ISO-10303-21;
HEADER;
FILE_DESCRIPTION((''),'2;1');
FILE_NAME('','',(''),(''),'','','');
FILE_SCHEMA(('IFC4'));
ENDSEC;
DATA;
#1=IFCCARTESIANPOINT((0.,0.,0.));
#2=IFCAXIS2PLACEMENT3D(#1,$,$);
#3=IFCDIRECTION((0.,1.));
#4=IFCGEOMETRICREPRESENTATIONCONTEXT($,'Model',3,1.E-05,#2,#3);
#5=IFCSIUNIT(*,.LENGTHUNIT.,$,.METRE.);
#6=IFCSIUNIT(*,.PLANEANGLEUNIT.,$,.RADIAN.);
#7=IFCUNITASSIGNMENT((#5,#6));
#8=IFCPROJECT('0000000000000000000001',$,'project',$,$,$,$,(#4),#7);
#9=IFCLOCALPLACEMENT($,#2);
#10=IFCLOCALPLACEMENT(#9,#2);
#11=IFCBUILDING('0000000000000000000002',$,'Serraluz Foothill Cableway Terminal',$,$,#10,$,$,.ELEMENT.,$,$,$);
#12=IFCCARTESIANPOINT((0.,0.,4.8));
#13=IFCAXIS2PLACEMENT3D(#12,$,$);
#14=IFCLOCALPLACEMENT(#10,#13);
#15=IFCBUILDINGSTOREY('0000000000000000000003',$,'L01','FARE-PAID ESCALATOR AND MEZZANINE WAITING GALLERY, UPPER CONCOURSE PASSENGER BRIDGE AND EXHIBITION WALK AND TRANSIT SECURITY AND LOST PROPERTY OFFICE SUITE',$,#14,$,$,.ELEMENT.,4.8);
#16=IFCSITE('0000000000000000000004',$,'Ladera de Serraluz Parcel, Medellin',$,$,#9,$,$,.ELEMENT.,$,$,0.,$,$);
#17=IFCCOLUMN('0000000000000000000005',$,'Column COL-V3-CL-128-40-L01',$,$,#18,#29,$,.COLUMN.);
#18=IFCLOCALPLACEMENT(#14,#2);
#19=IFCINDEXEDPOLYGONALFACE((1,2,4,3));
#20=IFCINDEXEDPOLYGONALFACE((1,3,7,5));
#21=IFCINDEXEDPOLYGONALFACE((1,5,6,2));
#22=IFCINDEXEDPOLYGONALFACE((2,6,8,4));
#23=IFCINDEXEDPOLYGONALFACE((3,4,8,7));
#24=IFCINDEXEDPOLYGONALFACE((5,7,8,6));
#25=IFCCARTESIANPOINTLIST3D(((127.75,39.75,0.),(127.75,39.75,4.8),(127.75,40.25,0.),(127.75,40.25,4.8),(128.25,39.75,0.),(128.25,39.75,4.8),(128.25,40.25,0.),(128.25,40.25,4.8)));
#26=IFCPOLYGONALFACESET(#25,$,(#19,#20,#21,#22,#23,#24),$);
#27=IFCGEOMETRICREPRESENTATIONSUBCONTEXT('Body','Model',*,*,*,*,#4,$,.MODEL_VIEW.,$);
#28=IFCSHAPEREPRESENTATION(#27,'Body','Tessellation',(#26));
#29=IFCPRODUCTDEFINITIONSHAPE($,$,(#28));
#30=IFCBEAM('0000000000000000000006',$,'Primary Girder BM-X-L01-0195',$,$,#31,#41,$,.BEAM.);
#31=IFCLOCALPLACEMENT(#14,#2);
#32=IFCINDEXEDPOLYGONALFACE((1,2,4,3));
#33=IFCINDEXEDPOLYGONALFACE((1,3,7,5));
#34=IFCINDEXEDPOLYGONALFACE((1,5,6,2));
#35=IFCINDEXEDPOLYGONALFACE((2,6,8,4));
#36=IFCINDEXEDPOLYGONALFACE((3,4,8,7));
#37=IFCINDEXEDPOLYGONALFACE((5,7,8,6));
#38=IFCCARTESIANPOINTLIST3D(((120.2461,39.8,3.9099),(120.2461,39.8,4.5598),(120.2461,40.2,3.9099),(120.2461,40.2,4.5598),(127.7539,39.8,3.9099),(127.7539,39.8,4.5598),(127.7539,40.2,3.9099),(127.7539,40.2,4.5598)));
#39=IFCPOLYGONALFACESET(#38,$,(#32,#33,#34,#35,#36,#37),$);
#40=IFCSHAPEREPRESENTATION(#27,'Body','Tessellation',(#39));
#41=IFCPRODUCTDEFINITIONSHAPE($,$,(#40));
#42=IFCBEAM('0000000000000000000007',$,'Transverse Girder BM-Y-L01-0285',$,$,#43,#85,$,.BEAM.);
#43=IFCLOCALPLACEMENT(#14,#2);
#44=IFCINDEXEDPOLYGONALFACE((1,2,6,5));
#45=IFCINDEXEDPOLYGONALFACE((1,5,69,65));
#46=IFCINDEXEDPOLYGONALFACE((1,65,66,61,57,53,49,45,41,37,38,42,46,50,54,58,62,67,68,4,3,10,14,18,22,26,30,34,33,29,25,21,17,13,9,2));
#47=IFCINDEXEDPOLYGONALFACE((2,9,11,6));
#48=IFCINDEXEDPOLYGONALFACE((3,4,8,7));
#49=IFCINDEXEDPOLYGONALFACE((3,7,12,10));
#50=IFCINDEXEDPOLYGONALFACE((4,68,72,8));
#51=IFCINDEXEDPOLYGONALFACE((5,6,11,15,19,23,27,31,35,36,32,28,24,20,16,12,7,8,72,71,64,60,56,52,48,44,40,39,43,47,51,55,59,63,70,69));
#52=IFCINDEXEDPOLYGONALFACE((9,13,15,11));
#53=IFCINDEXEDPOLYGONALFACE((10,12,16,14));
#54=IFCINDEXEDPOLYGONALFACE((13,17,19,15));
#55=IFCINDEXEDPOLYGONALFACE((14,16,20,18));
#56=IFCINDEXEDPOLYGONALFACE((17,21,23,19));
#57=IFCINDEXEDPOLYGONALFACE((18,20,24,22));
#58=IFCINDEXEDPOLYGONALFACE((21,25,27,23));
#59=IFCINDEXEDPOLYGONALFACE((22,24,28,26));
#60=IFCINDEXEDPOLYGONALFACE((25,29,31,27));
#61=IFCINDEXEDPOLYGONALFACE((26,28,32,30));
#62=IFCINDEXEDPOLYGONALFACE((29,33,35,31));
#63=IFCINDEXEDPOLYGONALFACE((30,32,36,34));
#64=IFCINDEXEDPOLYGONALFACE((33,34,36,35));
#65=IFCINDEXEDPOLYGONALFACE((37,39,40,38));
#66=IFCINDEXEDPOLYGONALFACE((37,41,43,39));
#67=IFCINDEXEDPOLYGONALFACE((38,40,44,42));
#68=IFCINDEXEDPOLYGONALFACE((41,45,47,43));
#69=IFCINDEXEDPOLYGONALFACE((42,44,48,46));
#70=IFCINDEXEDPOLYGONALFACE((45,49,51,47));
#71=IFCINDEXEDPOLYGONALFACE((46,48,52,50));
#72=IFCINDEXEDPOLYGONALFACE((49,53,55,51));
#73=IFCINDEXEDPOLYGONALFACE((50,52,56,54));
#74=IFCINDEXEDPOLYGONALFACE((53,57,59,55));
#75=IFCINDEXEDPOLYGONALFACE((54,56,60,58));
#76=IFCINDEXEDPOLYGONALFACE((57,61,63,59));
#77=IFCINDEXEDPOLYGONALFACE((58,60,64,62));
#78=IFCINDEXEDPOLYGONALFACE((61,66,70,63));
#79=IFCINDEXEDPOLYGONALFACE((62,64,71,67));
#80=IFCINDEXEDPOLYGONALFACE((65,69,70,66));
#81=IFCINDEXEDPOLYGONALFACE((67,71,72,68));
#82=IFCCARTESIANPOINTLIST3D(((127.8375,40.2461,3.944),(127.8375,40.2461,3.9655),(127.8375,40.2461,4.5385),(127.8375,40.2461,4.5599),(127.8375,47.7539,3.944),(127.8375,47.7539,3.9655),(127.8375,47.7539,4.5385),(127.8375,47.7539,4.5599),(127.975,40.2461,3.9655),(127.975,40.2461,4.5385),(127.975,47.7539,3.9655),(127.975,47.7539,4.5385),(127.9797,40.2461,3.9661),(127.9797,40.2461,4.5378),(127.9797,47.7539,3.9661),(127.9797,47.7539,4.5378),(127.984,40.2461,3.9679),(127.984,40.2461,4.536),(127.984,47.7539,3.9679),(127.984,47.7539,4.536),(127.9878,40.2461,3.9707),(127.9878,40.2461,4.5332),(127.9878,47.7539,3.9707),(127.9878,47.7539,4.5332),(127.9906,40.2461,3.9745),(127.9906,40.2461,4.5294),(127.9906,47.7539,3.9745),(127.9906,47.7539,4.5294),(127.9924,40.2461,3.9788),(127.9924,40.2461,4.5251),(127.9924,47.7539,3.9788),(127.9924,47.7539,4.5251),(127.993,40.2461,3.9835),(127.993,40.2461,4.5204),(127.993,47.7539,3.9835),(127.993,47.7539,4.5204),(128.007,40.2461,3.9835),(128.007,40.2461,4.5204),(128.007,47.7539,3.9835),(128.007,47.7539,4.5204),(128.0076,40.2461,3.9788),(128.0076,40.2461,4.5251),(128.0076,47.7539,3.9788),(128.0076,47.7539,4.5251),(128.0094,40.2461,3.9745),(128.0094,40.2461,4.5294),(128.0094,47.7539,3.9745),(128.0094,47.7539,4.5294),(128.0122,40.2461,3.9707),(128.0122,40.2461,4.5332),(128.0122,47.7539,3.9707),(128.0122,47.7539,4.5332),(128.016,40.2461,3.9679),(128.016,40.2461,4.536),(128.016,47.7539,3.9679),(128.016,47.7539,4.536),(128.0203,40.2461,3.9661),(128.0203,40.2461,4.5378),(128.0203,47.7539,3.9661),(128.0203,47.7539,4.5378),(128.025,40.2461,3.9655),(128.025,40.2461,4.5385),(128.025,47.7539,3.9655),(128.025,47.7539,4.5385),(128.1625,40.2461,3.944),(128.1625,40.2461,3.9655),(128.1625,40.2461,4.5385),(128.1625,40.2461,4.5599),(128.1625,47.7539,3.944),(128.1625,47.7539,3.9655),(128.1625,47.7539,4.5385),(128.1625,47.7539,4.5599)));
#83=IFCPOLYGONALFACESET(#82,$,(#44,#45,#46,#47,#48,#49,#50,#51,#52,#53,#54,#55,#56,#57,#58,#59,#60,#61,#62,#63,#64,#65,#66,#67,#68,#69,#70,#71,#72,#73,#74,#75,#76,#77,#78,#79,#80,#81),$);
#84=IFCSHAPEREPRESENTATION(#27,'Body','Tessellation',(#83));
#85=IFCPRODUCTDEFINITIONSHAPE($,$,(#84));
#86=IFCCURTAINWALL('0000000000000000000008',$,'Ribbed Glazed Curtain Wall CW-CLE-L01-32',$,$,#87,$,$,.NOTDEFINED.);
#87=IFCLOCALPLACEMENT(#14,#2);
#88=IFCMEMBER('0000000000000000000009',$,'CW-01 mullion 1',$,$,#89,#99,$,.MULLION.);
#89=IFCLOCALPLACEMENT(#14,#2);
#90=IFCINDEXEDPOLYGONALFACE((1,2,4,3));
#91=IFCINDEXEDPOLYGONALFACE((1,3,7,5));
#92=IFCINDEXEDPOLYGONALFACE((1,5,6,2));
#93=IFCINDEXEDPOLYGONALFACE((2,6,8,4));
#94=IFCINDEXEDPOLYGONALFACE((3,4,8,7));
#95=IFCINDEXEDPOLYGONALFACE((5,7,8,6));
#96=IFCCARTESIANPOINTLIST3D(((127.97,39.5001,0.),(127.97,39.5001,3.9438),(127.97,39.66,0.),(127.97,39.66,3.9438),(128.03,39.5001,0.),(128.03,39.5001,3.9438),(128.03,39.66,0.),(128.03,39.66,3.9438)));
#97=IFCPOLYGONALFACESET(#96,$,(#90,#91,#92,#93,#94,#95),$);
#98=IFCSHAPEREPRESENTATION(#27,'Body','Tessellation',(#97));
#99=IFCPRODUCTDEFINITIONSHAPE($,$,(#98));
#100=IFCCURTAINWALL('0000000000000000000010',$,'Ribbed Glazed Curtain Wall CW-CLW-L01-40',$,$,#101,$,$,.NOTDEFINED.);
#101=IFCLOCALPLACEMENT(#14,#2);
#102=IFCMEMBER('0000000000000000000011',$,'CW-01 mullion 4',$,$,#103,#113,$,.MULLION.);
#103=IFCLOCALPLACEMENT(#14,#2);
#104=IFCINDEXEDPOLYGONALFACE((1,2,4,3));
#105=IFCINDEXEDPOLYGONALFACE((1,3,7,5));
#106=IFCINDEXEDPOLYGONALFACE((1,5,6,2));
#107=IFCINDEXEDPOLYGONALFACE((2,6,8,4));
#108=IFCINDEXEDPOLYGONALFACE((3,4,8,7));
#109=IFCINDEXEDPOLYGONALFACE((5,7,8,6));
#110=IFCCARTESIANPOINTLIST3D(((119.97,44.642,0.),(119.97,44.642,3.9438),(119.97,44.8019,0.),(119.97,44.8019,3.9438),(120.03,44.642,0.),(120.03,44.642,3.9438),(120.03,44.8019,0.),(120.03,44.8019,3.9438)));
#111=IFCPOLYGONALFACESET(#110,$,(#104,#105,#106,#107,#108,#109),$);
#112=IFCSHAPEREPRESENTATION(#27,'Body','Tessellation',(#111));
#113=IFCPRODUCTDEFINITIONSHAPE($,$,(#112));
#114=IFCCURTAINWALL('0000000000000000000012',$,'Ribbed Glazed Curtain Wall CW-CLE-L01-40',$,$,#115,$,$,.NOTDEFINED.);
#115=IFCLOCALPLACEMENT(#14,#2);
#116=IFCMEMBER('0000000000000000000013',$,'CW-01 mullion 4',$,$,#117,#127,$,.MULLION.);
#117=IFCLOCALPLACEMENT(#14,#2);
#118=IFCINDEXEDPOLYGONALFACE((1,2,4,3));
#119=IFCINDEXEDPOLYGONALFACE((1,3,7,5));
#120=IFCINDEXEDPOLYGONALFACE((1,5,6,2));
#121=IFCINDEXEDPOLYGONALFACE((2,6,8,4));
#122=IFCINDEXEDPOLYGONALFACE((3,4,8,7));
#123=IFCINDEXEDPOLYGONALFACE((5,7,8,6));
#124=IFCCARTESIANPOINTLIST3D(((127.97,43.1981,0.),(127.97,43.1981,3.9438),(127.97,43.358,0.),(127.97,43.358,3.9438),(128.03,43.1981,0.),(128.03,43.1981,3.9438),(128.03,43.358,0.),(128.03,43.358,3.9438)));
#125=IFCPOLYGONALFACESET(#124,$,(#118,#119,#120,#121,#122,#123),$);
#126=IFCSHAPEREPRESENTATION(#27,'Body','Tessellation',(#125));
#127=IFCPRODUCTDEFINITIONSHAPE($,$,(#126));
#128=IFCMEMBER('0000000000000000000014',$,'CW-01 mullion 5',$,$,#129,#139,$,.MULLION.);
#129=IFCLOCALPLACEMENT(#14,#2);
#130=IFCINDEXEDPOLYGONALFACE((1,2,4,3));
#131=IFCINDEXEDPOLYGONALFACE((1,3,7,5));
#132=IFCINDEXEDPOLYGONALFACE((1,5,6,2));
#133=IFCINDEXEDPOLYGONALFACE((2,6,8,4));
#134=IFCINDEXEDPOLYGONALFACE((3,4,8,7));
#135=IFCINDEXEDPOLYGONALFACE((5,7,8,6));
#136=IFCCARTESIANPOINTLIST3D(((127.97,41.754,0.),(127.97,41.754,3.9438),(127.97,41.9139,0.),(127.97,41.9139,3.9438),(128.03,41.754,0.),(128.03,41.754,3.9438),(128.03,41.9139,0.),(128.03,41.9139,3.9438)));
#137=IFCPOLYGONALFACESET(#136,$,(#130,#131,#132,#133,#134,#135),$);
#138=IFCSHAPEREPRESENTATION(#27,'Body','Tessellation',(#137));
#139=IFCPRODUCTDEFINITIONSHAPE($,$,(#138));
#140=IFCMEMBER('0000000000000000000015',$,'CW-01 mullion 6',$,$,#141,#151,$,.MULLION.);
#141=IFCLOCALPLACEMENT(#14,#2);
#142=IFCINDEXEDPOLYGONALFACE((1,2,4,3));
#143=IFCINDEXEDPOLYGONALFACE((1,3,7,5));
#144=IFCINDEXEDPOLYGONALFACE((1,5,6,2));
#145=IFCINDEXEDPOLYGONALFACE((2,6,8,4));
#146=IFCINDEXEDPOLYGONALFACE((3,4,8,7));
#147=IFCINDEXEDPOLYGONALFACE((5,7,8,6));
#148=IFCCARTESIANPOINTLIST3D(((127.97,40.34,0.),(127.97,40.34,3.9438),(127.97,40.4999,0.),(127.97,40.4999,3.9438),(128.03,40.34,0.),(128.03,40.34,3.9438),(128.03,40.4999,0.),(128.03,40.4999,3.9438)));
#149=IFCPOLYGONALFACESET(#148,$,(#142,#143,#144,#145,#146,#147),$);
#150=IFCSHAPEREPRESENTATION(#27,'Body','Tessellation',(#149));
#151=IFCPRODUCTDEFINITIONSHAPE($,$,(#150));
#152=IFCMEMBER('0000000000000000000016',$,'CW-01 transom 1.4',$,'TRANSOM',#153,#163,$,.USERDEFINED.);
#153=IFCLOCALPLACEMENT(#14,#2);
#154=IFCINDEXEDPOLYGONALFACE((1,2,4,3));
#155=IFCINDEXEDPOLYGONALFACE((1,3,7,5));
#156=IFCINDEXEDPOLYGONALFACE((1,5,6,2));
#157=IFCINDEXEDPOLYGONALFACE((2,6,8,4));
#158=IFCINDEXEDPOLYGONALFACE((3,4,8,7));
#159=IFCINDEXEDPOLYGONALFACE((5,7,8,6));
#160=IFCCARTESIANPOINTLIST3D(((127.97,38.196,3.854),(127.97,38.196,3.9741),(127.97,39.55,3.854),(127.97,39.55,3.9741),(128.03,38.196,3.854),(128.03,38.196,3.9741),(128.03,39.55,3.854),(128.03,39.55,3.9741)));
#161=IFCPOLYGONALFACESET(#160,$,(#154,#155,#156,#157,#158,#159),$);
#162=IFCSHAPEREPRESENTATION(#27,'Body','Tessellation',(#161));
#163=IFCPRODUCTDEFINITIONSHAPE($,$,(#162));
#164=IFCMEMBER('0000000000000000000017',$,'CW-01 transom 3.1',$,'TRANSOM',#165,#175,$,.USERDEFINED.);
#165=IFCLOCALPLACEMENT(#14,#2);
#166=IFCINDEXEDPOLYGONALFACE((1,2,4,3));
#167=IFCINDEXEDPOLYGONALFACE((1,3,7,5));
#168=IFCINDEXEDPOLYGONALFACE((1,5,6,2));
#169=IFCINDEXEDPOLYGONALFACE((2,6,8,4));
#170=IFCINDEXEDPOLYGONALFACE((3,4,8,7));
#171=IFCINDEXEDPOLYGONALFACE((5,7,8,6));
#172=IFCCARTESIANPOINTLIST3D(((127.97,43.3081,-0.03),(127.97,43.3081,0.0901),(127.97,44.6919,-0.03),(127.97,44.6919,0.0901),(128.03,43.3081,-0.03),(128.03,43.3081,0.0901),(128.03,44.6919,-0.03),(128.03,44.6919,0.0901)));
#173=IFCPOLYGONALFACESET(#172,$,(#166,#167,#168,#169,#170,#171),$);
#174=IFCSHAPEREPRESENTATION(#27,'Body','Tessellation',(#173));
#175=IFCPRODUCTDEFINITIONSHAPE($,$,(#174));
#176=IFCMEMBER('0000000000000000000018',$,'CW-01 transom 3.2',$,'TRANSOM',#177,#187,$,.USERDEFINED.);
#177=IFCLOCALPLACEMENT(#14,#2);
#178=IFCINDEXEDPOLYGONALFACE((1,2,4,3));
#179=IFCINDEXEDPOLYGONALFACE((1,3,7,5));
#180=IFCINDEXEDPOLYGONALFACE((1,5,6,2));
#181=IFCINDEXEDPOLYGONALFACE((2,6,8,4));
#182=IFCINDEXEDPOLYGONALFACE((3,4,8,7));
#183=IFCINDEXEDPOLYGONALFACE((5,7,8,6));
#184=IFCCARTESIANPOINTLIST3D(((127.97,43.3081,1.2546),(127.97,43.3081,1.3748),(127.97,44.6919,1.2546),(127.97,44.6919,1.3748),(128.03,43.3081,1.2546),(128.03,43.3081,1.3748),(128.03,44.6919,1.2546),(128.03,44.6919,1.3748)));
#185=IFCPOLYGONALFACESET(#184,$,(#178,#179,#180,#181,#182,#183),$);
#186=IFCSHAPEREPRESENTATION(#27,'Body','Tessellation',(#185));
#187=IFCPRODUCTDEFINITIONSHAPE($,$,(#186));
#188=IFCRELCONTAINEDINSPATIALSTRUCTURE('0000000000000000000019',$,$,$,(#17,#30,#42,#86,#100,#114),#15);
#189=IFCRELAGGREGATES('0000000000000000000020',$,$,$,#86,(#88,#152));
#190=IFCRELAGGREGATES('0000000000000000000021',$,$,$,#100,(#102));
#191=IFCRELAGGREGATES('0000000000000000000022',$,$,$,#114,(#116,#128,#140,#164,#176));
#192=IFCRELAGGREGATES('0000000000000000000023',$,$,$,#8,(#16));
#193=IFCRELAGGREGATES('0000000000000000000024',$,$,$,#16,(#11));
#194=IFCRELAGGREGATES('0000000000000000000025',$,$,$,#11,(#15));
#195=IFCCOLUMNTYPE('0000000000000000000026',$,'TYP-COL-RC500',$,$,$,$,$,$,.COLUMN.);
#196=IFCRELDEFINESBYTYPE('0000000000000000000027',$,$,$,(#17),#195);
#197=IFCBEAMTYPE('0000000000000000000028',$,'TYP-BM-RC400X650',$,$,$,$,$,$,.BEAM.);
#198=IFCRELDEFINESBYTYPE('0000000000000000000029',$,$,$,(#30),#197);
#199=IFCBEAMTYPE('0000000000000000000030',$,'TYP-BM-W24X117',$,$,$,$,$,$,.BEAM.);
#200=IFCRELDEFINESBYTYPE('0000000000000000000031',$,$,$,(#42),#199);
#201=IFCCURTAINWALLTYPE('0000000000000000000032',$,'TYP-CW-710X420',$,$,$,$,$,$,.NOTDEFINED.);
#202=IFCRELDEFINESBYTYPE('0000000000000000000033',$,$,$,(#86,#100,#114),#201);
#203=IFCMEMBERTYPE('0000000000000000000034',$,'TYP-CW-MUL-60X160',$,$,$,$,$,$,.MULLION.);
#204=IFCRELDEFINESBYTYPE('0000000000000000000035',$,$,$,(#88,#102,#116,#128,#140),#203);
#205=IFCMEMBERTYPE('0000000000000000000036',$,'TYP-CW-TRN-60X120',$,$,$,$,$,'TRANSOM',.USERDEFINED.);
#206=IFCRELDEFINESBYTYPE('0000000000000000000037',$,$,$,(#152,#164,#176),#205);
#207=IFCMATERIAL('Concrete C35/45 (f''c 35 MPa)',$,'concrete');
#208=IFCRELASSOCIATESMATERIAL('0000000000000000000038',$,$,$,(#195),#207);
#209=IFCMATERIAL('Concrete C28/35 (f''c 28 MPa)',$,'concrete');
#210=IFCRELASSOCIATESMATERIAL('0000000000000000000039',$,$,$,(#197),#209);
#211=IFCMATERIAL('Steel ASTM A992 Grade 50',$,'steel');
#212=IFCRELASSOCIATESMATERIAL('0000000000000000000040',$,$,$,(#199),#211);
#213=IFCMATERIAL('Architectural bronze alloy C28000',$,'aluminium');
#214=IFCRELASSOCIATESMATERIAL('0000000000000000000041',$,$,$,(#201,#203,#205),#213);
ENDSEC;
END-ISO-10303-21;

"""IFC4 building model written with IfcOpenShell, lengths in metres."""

from ifc_helpers import new_model, si_unit, direction, frame, origin, origin_2d, place, context, subcontext, project, spatial, rectangle, i_section, extrude, material, material_profile, profile_set, type_object, element, aggregate, save


model = new_model("IFC4")

# Units and contexts
model_context = context("Model", 3, precision=1e-05, world=origin(), true_north=direction((0.0, 1.0)))
body_context = subcontext(model_context, "Body", "Model", "MODEL_VIEW")
ifc_project = project(units=[si_unit("LENGTHUNIT", "METRE"), si_unit("PLANEANGLEUNIT", "RADIAN")], contexts=[model_context])

# Site, building, storey
site_placement = place(None, origin())
site = spatial("IfcSite", under=ifc_project, at=site_placement, Name="Ladera de Serraluz Parcel, Medellin", CompositionType="ELEMENT", RefElevation=0.0)
building_placement = place(site_placement, origin())
building = spatial("IfcBuilding", under=site, at=building_placement, Name="Serraluz Foothill Cableway Terminal", CompositionType="ELEMENT")
storey_placement = place(building_placement, frame((0.0, 0.0, 4.8)))
storey = spatial("IfcBuildingStorey", under=building, at=storey_placement, Name="L01", Description="FARE-PAID ESCALATOR AND MEZZANINE WAITING GALLERY, UPPER CONCOURSE PASSENGER BRIDGE AND EXHIBITION WALK AND TRANSIT SECURITY AND LOST PROPERTY OFFICE SUITE", CompositionType="ELEMENT", Elevation=4.8)

# Column
ifc_material_1 = material(Name="Concrete C35/45 (f'c 35 MPa)", Category="concrete")
ifc_material_profile_1 = material_profile(ifc_material_1, rectangle(XDim=0.5, YDim=0.5, at=origin_2d()), Name="RC 500x500")
ifc_profile_set_1 = profile_set([ifc_material_profile_1], Name="Concrete C35/45 (f'c 35 MPa)")
column_type = type_object("IfcColumnType", Name="TYP-COL-RC500", PredefinedType="COLUMN", material=ifc_profile_set_1)
column_placement = place(storey_placement, frame((128.0, 40.0, 0.0), z_axis=(0.0, 0.0, 1.0), x_axis=(1.0, 0.0, 0.0)))
element("IfcColumn", 1, at=column_placement, inside=storey, type_object=column_type, Name="Column COL-V3-CL-128-40-L01", PredefinedType="COLUMN", context=body_context, shape_type="SweptSolid", body=[
    extrude(rectangle(XDim=0.5, YDim=0.5, at=origin_2d()), origin(), (0.0, 0.0, 1.0), 4.8),
])

# Beams
ifc_material_2 = material(Name="Concrete C28/35 (f'c 28 MPa)", Category="concrete")
ifc_material_profile_2 = material_profile(ifc_material_2, rectangle(XDim=0.3999, YDim=0.6499, at=origin_2d()), Name="RC 400x650")
ifc_profile_set_2 = profile_set([ifc_material_profile_2], Name="Concrete C28/35 (f'c 28 MPa)")
beam_type_1 = type_object("IfcBeamType", Name="TYP-BM-RC400X650", PredefinedType="BEAM", material=ifc_profile_set_2)
beam_1_placement = place(storey_placement, frame((120.2461, 40.0, 4.2349), z_axis=(1.0, 0.0, 0.0), x_axis=(0.0, 1.0, 0.0)))
element("IfcBeam", 2, at=beam_1_placement, inside=storey, type_object=beam_type_1, Name="Primary Girder BM-X-L01-0195", PredefinedType="BEAM", context=body_context, shape_type="SweptSolid", body=[
    extrude(rectangle(XDim=0.3999, YDim=0.6499, at=origin_2d()), origin(), (0.0, 0.0, 1.0), 7.5078),
])
ifc_material_3 = material(Name="Steel ASTM A992 Grade 50", Category="steel")
ifc_material_profile_3 = material_profile(ifc_material_3, i_section(OverallWidth=0.325, OverallDepth=0.616, WebThickness=0.0139, FlangeThickness=0.0215, FilletRadius=0.0181, at=origin_2d()), Name="W24X117")
ifc_profile_set_3 = profile_set([ifc_material_profile_3], Name="Steel ASTM A992 Grade 50")
beam_type_2 = type_object("IfcBeamType", Name="TYP-BM-W24X117", PredefinedType="BEAM", material=ifc_profile_set_3)
beam_2_placement = place(storey_placement, frame((128.0, 40.2461, 4.252), z_axis=(0.0, 1.0, 0.0), x_axis=(-1.0, 0.0, 0.0)))
element("IfcBeam", 3, at=beam_2_placement, inside=storey, type_object=beam_type_2, Name="Transverse Girder BM-Y-L01-0285", PredefinedType="BEAM", context=body_context, shape_type="SweptSolid", body=[
    extrude(i_section(OverallWidth=0.325, OverallDepth=0.616, WebThickness=0.0139, FlangeThickness=0.0215, FilletRadius=0.0181, at=origin_2d()), origin(), (0.0, 0.0, 1.0), 7.5078),
])

# Curtain walls, members
ifc_material_4 = material(Name="Architectural bronze alloy C28000", Category="aluminium")
curtain_wall_type = type_object("IfcCurtainWallType", Name="TYP-CW-710X420", PredefinedType="NOTDEFINED", material=ifc_material_4)
curtain_wall_1_placement = place(storey_placement, origin())
curtain_wall_1 = element("IfcCurtainWall", 4, at=curtain_wall_1_placement, inside=storey, type_object=curtain_wall_type, Name="Ribbed Glazed Curtain Wall CW-CLE-L01-32", PredefinedType="NOTDEFINED")
ifc_material_profile_4 = material_profile(ifc_material_4, rectangle(XDim=0.0601, YDim=0.1599, at=origin_2d()), Name="ALU MULLION 60x160")
ifc_profile_set_4 = profile_set([ifc_material_profile_4], Name="Architectural bronze alloy C28000")
member_type_1 = type_object("IfcMemberType", Name="TYP-CW-MUL-60X160", PredefinedType="MULLION", material=ifc_profile_set_4)
member_1_placement = place(storey_placement, frame((128.0, 39.5801, 0.0), z_axis=(0.0, 0.0, 1.0), x_axis=(1.0, 0.0, 0.0)))
member_1 = element("IfcMember", 5, at=member_1_placement, type_object=member_type_1, Name="CW-01 mullion 1", PredefinedType="MULLION", context=body_context, shape_type="SweptSolid", body=[
    extrude(rectangle(XDim=0.0601, YDim=0.1599, at=origin_2d()), origin(), (0.0, 0.0, 1.0), 3.9438),
])
curtain_wall_2_placement = place(storey_placement, origin())
curtain_wall_2 = element("IfcCurtainWall", 6, at=curtain_wall_2_placement, inside=storey, type_object=curtain_wall_type, Name="Ribbed Glazed Curtain Wall CW-CLW-L01-40", PredefinedType="NOTDEFINED")
member_2_placement = place(storey_placement, frame((120.0, 44.7219, 0.0), z_axis=(0.0, 0.0, 1.0), x_axis=(-1.0, 0.0, 0.0)))
member_2 = element("IfcMember", 7, at=member_2_placement, type_object=member_type_1, Name="CW-01 mullion 4", PredefinedType="MULLION", context=body_context, shape_type="SweptSolid", body=[
    extrude(rectangle(XDim=0.0601, YDim=0.1599, at=origin_2d()), origin(), (0.0, 0.0, 1.0), 3.9438),
])

# Curtain wall, members
curtain_wall_3_placement = place(storey_placement, origin())
curtain_wall_3 = element("IfcCurtainWall", 8, at=curtain_wall_3_placement, inside=storey, type_object=curtain_wall_type, Name="Ribbed Glazed Curtain Wall CW-CLE-L01-40", PredefinedType="NOTDEFINED")
member_3_placement = place(storey_placement, frame((128.0, 43.2781, 0.0), z_axis=(0.0, 0.0, 1.0), x_axis=(1.0, 0.0, 0.0)))
member_3 = element("IfcMember", 9, at=member_3_placement, type_object=member_type_1, Name="CW-01 mullion 4", PredefinedType="MULLION", context=body_context, shape_type="SweptSolid", body=[
    extrude(rectangle(XDim=0.0601, YDim=0.1599, at=origin_2d()), origin(), (0.0, 0.0, 1.0), 3.9438),
])
member_4_placement = place(storey_placement, frame((128.0, 41.834, 0.0), z_axis=(0.0, 0.0, 1.0), x_axis=(1.0, 0.0, 0.0)))
member_4 = element("IfcMember", 10, at=member_4_placement, type_object=member_type_1, Name="CW-01 mullion 5", PredefinedType="MULLION", context=body_context, shape_type="SweptSolid", body=[
    extrude(rectangle(XDim=0.0601, YDim=0.1599, at=origin_2d()), origin(), (0.0, 0.0, 1.0), 3.9438),
])
member_5_placement = place(storey_placement, frame((128.0, 40.4199, 0.0), z_axis=(0.0, 0.0, 1.0), x_axis=(1.0, 0.0, 0.0)))
member_5 = element("IfcMember", 11, at=member_5_placement, type_object=member_type_1, Name="CW-01 mullion 6", PredefinedType="MULLION", context=body_context, shape_type="SweptSolid", body=[
    extrude(rectangle(XDim=0.0601, YDim=0.1599, at=origin_2d()), origin(), (0.0, 0.0, 1.0), 3.9438),
])

# Members
ifc_material_profile_5 = material_profile(ifc_material_4, rectangle(XDim=0.0601, YDim=0.1201, at=origin_2d()), Name="ALU TRANSOM 60x120")
ifc_profile_set_5 = profile_set([ifc_material_profile_5], Name="Architectural bronze alloy C28000")
member_type_2 = type_object("IfcMemberType", Name="TYP-CW-TRN-60X120", ElementType="TRANSOM", PredefinedType="USERDEFINED", material=ifc_profile_set_5)
member_6_placement = place(storey_placement, frame((128.0, 39.55, 3.9141), z_axis=(0.0, -1.0, 0.0), x_axis=(1.0, 0.0, 0.0)))
member_6 = element("IfcMember", 12, at=member_6_placement, type_object=member_type_2, Name="CW-01 transom 1.4", ObjectType="TRANSOM", PredefinedType="USERDEFINED", context=body_context, shape_type="SweptSolid", body=[
    extrude(rectangle(XDim=0.0601, YDim=0.1201, at=origin_2d()), origin(), (0.0, 0.0, 1.0), 1.354),
])
aggregate(curtain_wall_1, [member_1, member_6])
member_7_placement = place(storey_placement, frame((128.0, 44.6919, 0.03), z_axis=(0.0, -1.0, 0.0), x_axis=(1.0, 0.0, 0.0)))
member_7 = element("IfcMember", 13, at=member_7_placement, type_object=member_type_2, Name="CW-01 transom 3.1", ObjectType="TRANSOM", PredefinedType="USERDEFINED", context=body_context, shape_type="SweptSolid", body=[
    extrude(rectangle(XDim=0.0601, YDim=0.1201, at=origin_2d()), origin(), (0.0, 0.0, 1.0), 1.3838),
])
member_8_placement = place(storey_placement, frame((128.0, 44.6919, 1.3147), z_axis=(0.0, -1.0, 0.0), x_axis=(1.0, 0.0, 0.0)))
member_8 = element("IfcMember", 14, at=member_8_placement, type_object=member_type_2, Name="CW-01 transom 3.2", ObjectType="TRANSOM", PredefinedType="USERDEFINED", context=body_context, shape_type="SweptSolid", body=[
    extrude(rectangle(XDim=0.0601, YDim=0.1201, at=origin_2d()), origin(), (0.0, 0.0, 1.0), 1.3838),
])

aggregate(curtain_wall_2, [member_2])
aggregate(curtain_wall_3, [member_3, member_4, member_5, member_7, member_8])

save(model, "model.ifc")
